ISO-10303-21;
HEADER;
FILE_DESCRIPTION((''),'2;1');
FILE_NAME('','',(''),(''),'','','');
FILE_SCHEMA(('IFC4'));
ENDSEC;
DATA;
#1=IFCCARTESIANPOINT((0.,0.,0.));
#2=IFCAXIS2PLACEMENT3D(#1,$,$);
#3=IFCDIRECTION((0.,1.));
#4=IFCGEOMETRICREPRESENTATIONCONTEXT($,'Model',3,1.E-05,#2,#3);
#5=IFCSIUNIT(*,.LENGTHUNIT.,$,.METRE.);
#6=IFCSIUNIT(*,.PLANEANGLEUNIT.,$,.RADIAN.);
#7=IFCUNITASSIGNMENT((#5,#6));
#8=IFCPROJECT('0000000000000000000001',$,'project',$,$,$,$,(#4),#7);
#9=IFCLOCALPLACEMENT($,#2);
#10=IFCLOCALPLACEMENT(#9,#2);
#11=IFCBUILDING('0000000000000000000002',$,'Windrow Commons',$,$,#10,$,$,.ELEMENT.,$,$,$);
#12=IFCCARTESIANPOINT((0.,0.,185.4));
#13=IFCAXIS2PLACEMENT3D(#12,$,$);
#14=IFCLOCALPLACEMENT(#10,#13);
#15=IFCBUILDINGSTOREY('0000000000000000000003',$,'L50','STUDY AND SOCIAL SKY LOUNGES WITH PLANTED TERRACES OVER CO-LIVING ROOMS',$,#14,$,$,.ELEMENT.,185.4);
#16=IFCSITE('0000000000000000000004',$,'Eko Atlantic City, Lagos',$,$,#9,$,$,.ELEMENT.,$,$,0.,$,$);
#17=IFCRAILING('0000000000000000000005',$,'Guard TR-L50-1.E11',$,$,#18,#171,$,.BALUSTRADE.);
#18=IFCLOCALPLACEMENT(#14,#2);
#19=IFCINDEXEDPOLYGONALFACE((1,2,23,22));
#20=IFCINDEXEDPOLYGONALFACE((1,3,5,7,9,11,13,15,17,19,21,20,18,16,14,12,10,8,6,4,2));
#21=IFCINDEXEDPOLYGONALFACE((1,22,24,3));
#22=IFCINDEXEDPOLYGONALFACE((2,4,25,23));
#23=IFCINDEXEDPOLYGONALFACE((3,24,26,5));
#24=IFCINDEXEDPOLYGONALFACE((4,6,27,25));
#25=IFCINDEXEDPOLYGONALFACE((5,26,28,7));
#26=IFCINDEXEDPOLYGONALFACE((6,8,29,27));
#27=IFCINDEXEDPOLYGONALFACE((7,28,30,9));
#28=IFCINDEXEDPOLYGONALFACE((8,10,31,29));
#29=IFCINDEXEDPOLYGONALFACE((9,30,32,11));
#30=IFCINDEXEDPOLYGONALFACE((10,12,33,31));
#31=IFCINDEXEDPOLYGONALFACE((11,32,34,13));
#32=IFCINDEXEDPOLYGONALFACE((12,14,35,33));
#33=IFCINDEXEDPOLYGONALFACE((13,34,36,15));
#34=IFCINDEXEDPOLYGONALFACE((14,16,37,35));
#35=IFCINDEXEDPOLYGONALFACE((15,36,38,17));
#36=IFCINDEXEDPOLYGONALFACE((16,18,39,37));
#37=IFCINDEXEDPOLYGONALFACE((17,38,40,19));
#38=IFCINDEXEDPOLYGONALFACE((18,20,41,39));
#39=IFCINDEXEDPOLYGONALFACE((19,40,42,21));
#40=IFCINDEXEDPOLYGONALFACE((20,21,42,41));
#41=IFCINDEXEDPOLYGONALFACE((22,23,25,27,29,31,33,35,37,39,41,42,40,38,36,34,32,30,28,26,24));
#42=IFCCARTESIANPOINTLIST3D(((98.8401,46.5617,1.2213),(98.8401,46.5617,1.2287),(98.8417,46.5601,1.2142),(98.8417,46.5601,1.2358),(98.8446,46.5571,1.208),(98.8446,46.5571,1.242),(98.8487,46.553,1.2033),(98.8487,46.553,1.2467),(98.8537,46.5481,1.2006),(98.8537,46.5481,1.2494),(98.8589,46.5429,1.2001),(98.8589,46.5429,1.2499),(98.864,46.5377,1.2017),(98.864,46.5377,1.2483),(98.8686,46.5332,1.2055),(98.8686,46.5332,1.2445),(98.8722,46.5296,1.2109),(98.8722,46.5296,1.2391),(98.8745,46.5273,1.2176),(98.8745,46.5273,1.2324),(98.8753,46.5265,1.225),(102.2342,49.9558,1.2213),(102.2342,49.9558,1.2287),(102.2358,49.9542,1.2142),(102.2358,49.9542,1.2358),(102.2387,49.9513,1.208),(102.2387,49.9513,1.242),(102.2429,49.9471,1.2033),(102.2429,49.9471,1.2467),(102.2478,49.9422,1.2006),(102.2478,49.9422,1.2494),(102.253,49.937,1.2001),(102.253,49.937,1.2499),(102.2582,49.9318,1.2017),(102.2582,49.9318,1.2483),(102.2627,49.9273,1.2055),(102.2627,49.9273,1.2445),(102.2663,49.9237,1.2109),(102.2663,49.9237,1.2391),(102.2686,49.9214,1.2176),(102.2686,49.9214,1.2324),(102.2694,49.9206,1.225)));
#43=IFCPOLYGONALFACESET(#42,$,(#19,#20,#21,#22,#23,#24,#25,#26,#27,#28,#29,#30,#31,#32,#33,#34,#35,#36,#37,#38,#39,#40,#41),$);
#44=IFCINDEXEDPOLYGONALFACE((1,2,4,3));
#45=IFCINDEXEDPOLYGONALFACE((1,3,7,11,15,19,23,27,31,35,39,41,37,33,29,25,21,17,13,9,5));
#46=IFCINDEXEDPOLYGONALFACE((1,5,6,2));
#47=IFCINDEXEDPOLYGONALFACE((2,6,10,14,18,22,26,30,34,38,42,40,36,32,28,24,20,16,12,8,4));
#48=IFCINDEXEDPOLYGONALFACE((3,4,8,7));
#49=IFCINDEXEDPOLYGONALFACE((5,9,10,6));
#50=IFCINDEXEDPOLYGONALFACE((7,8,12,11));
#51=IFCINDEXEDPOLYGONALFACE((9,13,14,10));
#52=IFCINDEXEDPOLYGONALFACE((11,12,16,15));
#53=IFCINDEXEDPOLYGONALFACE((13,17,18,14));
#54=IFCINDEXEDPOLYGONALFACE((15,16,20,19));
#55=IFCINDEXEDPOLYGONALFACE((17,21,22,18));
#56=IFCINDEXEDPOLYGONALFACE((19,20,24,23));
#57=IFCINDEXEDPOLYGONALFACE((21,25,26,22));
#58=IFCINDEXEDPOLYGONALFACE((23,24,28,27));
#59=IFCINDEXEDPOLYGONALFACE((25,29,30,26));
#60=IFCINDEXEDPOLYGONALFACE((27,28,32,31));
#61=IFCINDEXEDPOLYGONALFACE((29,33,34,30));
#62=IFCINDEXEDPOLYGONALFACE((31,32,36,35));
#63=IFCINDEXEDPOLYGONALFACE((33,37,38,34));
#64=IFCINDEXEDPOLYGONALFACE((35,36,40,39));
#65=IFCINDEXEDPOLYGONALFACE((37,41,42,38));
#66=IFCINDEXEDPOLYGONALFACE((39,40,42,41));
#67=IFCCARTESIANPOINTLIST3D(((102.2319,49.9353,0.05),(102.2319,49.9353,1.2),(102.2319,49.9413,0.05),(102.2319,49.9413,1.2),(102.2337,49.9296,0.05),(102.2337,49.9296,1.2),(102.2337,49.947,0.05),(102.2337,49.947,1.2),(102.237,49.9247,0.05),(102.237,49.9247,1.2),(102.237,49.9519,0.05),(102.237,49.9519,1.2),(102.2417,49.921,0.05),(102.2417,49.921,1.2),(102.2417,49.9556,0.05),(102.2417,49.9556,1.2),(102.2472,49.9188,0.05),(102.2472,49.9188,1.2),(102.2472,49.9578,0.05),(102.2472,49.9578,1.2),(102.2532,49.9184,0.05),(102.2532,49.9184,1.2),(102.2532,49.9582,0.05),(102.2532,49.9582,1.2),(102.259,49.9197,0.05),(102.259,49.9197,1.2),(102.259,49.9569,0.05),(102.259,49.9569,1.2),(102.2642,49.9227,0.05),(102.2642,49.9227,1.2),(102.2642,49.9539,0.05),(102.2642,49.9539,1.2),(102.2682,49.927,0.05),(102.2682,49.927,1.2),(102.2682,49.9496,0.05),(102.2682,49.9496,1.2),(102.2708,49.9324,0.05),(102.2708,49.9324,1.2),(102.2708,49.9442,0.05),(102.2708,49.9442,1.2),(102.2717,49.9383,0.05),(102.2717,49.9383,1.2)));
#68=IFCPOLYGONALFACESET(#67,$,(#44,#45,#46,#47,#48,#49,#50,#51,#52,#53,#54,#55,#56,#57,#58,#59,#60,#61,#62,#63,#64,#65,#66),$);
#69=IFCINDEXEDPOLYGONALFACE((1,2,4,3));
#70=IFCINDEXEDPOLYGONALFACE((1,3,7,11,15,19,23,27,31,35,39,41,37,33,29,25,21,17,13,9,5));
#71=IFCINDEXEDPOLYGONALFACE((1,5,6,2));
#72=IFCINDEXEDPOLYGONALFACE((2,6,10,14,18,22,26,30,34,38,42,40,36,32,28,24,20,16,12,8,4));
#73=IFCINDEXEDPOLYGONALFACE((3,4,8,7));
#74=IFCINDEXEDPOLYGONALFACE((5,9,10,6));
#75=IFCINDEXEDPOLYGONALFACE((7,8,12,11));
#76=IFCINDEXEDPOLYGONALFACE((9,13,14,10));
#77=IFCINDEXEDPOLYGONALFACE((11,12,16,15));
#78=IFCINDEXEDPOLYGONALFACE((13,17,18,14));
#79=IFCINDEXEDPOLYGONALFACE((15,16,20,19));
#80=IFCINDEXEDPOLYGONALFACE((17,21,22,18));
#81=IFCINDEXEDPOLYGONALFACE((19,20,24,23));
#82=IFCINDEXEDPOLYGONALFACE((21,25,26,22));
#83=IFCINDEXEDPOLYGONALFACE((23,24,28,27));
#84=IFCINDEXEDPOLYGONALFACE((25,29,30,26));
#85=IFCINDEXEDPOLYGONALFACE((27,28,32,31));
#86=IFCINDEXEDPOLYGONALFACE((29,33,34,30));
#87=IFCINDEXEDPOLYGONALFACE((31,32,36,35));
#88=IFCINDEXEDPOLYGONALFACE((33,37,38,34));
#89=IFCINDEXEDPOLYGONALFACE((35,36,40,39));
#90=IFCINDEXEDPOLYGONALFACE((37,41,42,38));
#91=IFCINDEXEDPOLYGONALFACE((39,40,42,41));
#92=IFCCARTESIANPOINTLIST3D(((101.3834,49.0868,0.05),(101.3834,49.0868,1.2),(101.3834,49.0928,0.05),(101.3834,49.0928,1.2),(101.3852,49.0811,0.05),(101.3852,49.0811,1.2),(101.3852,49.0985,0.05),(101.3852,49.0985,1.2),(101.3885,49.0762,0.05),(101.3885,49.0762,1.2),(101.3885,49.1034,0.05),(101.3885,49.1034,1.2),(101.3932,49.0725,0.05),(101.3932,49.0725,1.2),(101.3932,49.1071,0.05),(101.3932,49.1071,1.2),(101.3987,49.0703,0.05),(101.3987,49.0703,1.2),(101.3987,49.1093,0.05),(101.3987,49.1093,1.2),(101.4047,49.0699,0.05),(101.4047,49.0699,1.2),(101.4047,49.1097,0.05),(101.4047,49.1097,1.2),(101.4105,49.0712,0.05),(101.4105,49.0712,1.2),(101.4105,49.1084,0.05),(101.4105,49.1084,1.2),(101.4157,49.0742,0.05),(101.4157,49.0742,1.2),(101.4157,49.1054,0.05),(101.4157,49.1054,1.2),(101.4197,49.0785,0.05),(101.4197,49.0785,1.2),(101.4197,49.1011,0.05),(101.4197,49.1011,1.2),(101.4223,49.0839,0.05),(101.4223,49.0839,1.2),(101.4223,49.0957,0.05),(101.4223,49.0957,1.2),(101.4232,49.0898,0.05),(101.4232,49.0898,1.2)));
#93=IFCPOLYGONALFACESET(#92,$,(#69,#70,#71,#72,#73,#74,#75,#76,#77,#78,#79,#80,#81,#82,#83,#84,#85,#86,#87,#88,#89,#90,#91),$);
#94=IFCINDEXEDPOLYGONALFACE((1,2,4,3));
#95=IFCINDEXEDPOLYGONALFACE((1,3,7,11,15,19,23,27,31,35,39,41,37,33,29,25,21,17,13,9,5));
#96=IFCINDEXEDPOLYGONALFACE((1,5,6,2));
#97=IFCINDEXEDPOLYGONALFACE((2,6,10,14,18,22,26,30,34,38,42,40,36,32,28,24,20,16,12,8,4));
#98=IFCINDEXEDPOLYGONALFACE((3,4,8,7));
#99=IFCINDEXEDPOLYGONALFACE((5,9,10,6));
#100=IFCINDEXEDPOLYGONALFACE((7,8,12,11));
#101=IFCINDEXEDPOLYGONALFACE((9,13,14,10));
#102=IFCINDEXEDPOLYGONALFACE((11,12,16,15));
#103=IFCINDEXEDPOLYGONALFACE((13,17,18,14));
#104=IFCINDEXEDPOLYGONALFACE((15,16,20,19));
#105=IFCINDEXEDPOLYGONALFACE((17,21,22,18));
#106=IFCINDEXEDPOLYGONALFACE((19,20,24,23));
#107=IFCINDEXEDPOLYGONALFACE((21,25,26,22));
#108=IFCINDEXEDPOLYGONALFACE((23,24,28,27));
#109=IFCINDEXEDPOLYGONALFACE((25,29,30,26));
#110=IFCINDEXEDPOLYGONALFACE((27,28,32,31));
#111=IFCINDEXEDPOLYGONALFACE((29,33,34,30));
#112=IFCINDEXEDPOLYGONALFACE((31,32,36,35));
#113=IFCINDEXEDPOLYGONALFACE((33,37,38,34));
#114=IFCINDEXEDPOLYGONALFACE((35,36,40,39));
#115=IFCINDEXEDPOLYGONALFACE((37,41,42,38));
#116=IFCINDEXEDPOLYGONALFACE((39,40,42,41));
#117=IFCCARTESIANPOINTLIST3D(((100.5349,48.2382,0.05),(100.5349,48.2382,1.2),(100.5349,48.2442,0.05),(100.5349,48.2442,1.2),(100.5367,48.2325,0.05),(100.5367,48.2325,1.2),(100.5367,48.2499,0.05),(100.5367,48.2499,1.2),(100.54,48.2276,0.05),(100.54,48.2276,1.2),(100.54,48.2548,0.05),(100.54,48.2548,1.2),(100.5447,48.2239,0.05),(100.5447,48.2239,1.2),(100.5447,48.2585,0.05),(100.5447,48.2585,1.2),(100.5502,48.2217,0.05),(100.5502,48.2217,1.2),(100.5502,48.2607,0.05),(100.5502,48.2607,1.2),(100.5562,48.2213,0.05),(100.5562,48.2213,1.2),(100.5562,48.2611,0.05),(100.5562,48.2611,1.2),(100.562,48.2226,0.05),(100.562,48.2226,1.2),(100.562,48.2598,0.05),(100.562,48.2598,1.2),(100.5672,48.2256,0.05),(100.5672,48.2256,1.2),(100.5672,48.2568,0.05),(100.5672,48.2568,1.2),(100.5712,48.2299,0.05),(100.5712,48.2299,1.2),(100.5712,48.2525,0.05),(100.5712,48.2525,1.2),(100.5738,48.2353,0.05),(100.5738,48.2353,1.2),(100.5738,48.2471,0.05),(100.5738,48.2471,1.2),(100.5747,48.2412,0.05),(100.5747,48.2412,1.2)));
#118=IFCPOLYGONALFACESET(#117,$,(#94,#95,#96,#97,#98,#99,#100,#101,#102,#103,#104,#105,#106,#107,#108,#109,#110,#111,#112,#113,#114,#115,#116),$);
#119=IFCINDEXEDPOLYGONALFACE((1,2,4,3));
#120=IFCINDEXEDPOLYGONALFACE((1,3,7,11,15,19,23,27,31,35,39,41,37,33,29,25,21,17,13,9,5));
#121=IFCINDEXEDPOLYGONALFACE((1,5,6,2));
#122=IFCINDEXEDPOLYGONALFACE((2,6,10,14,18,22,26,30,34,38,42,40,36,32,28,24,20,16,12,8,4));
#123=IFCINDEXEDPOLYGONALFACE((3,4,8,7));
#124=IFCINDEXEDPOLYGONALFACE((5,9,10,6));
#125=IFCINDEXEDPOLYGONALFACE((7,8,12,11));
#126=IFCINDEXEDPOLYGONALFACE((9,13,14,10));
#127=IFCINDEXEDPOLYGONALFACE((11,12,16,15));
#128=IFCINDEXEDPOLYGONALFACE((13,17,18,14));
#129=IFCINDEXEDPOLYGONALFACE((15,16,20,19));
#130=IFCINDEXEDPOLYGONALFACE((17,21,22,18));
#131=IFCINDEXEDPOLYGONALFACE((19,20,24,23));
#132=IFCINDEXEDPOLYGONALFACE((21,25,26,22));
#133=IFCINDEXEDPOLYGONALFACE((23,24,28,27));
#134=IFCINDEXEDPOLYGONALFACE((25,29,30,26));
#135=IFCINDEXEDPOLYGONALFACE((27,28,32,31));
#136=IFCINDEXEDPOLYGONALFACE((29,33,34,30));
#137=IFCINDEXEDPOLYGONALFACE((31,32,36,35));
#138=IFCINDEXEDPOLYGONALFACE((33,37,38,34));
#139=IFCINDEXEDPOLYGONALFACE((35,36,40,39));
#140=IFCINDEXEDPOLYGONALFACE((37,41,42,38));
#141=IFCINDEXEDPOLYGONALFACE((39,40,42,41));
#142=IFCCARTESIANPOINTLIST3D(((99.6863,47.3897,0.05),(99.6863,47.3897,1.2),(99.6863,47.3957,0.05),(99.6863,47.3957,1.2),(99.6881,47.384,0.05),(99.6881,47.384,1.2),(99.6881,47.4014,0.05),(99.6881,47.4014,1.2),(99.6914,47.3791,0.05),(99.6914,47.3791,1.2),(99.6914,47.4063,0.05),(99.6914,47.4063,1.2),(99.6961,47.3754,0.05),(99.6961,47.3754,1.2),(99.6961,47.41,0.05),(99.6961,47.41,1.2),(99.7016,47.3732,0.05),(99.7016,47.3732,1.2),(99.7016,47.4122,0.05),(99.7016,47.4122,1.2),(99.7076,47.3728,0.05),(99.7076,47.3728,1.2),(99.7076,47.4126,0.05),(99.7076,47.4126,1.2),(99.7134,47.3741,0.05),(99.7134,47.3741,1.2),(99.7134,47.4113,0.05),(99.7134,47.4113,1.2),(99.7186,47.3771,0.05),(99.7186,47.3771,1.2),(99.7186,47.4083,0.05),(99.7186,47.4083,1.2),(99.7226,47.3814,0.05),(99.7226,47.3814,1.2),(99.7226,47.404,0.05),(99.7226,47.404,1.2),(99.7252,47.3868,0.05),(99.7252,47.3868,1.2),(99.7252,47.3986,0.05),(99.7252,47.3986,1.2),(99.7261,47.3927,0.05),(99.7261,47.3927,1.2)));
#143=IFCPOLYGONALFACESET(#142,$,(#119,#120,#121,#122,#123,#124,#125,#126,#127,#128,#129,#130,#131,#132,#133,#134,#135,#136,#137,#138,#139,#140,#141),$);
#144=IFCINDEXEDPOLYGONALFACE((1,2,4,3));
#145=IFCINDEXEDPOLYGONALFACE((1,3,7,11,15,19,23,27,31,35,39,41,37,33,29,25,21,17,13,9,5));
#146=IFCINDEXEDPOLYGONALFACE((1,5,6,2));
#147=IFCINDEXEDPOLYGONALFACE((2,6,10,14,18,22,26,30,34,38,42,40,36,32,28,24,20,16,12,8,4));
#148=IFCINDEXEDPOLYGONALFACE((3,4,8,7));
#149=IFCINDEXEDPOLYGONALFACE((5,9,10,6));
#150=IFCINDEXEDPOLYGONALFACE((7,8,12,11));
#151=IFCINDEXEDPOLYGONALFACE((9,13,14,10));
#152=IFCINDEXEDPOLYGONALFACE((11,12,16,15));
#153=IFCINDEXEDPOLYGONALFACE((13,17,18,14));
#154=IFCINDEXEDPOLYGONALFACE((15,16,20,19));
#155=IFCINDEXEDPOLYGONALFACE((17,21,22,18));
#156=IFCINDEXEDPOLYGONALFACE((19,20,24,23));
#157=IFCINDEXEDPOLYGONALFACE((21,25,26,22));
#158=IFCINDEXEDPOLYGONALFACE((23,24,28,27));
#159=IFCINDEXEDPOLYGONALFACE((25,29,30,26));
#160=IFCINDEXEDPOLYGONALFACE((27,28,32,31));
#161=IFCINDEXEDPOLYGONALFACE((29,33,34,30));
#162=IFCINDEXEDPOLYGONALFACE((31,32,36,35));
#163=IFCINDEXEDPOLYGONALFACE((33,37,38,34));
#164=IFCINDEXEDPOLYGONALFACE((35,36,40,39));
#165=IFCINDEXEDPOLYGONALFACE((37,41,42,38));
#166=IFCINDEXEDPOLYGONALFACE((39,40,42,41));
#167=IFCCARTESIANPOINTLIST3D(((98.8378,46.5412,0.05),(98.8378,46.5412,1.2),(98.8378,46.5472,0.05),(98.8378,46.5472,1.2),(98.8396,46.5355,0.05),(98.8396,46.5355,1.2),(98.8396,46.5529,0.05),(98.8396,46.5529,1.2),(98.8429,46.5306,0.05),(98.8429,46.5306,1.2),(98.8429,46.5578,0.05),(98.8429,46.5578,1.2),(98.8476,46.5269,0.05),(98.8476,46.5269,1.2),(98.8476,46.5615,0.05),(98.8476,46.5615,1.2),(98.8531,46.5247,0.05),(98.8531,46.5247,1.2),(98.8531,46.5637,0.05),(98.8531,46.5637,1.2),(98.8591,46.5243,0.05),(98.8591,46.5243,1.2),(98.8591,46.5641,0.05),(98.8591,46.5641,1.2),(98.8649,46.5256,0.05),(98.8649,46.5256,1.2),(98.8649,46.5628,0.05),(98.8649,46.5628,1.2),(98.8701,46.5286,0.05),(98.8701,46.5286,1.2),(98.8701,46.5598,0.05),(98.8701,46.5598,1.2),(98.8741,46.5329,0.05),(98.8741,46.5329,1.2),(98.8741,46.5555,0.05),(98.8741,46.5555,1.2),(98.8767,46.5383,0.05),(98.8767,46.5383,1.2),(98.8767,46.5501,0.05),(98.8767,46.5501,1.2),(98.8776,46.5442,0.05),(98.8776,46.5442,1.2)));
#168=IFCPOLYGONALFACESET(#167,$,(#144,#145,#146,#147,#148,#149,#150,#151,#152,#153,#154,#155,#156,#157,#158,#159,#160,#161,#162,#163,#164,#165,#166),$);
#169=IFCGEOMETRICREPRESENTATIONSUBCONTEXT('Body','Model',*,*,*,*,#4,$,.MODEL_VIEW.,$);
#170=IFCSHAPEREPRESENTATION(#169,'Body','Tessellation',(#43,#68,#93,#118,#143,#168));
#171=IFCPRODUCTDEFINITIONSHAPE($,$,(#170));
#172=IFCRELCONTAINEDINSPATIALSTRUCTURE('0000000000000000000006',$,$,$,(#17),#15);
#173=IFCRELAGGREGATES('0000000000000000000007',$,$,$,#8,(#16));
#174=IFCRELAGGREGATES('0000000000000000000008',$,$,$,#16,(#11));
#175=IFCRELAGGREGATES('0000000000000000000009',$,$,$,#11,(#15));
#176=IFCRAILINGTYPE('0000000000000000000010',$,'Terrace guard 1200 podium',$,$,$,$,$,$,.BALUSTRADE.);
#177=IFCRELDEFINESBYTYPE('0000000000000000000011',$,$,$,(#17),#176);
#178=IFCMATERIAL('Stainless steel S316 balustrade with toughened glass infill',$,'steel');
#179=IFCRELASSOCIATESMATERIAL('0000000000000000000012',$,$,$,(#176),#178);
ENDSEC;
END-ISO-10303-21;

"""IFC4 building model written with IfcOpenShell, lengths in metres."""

from ifc_helpers import new_model, si_unit, direction, frame, origin, origin_2d, place, context, subcontext, project, spatial, circle, extrude, material, type_object, element, save


model = new_model("IFC4")

# Units and contexts
model_context = context("Model", 3, precision=1e-05, world=origin(), true_north=direction((0.0, 1.0)))
body_context = subcontext(model_context, "Body", "Model", "MODEL_VIEW")
ifc_project = project(units=[si_unit("LENGTHUNIT", "METRE"), si_unit("PLANEANGLEUNIT", "RADIAN")], contexts=[model_context])

# Site, building, storey
site_placement = place(None, origin())
site = spatial("IfcSite", under=ifc_project, at=site_placement, Name="Eko Atlantic City, Lagos", CompositionType="ELEMENT", RefElevation=0.0)
building_placement = place(site_placement, origin())
building = spatial("IfcBuilding", under=site, at=building_placement, Name="Windrow Commons", CompositionType="ELEMENT")
storey_placement = place(building_placement, frame((0.0, 0.0, 185.4)))
storey = spatial("IfcBuildingStorey", under=building, at=storey_placement, Name="L50", Description="STUDY AND SOCIAL SKY LOUNGES WITH PLANTED TERRACES OVER CO-LIVING ROOMS", CompositionType="ELEMENT", Elevation=185.4)

# Railing
ifc_material_1 = material(Name="Stainless steel S316 balustrade with toughened glass infill", Category="steel")
railing_type_1 = type_object("IfcRailingType", Name="Terrace guard 1200 podium", PredefinedType="BALUSTRADE", material=ifc_material_1)
railing_1_placement = place(storey_placement, frame((102.2517, 49.9383, 0.05)))
element("IfcRailing", 1, at=railing_1_placement, inside=storey, type_object=railing_type_1, Name="Guard TR-L50-1.E11", PredefinedType="BALUSTRADE", context=body_context, shape_type="SweptSolid", body=[
    extrude(circle(Radius=0.025, at=origin_2d()), frame((0.0, 0.0, 1.175), z_axis=(-0.707107, -0.707107, 0.0), x_axis=(0.707107, -0.707107, 0.0)), (0.0, 0.0, 1.0), 4.8),
    extrude(circle(Radius=0.02, at=origin_2d()), origin(), (0.0, 0.0, 1.0), 1.15),
    extrude(circle(Radius=0.02, at=origin_2d()), frame((-0.8485, -0.8485, 0.0)), (0.0, 0.0, 1.0), 1.15),
    extrude(circle(Radius=0.02, at=origin_2d()), frame((-1.697, -1.6971, 0.0)), (0.0, 0.0, 1.0), 1.15),
    extrude(circle(Radius=0.02, at=origin_2d()), frame((-2.5456, -2.5456, 0.0)), (0.0, 0.0, 1.0), 1.15),
    extrude(circle(Radius=0.02, at=origin_2d()), frame((-3.3941, -3.3941, 0.0)), (0.0, 0.0, 1.0), 1.15),
])

save(model, "model.ifc")
